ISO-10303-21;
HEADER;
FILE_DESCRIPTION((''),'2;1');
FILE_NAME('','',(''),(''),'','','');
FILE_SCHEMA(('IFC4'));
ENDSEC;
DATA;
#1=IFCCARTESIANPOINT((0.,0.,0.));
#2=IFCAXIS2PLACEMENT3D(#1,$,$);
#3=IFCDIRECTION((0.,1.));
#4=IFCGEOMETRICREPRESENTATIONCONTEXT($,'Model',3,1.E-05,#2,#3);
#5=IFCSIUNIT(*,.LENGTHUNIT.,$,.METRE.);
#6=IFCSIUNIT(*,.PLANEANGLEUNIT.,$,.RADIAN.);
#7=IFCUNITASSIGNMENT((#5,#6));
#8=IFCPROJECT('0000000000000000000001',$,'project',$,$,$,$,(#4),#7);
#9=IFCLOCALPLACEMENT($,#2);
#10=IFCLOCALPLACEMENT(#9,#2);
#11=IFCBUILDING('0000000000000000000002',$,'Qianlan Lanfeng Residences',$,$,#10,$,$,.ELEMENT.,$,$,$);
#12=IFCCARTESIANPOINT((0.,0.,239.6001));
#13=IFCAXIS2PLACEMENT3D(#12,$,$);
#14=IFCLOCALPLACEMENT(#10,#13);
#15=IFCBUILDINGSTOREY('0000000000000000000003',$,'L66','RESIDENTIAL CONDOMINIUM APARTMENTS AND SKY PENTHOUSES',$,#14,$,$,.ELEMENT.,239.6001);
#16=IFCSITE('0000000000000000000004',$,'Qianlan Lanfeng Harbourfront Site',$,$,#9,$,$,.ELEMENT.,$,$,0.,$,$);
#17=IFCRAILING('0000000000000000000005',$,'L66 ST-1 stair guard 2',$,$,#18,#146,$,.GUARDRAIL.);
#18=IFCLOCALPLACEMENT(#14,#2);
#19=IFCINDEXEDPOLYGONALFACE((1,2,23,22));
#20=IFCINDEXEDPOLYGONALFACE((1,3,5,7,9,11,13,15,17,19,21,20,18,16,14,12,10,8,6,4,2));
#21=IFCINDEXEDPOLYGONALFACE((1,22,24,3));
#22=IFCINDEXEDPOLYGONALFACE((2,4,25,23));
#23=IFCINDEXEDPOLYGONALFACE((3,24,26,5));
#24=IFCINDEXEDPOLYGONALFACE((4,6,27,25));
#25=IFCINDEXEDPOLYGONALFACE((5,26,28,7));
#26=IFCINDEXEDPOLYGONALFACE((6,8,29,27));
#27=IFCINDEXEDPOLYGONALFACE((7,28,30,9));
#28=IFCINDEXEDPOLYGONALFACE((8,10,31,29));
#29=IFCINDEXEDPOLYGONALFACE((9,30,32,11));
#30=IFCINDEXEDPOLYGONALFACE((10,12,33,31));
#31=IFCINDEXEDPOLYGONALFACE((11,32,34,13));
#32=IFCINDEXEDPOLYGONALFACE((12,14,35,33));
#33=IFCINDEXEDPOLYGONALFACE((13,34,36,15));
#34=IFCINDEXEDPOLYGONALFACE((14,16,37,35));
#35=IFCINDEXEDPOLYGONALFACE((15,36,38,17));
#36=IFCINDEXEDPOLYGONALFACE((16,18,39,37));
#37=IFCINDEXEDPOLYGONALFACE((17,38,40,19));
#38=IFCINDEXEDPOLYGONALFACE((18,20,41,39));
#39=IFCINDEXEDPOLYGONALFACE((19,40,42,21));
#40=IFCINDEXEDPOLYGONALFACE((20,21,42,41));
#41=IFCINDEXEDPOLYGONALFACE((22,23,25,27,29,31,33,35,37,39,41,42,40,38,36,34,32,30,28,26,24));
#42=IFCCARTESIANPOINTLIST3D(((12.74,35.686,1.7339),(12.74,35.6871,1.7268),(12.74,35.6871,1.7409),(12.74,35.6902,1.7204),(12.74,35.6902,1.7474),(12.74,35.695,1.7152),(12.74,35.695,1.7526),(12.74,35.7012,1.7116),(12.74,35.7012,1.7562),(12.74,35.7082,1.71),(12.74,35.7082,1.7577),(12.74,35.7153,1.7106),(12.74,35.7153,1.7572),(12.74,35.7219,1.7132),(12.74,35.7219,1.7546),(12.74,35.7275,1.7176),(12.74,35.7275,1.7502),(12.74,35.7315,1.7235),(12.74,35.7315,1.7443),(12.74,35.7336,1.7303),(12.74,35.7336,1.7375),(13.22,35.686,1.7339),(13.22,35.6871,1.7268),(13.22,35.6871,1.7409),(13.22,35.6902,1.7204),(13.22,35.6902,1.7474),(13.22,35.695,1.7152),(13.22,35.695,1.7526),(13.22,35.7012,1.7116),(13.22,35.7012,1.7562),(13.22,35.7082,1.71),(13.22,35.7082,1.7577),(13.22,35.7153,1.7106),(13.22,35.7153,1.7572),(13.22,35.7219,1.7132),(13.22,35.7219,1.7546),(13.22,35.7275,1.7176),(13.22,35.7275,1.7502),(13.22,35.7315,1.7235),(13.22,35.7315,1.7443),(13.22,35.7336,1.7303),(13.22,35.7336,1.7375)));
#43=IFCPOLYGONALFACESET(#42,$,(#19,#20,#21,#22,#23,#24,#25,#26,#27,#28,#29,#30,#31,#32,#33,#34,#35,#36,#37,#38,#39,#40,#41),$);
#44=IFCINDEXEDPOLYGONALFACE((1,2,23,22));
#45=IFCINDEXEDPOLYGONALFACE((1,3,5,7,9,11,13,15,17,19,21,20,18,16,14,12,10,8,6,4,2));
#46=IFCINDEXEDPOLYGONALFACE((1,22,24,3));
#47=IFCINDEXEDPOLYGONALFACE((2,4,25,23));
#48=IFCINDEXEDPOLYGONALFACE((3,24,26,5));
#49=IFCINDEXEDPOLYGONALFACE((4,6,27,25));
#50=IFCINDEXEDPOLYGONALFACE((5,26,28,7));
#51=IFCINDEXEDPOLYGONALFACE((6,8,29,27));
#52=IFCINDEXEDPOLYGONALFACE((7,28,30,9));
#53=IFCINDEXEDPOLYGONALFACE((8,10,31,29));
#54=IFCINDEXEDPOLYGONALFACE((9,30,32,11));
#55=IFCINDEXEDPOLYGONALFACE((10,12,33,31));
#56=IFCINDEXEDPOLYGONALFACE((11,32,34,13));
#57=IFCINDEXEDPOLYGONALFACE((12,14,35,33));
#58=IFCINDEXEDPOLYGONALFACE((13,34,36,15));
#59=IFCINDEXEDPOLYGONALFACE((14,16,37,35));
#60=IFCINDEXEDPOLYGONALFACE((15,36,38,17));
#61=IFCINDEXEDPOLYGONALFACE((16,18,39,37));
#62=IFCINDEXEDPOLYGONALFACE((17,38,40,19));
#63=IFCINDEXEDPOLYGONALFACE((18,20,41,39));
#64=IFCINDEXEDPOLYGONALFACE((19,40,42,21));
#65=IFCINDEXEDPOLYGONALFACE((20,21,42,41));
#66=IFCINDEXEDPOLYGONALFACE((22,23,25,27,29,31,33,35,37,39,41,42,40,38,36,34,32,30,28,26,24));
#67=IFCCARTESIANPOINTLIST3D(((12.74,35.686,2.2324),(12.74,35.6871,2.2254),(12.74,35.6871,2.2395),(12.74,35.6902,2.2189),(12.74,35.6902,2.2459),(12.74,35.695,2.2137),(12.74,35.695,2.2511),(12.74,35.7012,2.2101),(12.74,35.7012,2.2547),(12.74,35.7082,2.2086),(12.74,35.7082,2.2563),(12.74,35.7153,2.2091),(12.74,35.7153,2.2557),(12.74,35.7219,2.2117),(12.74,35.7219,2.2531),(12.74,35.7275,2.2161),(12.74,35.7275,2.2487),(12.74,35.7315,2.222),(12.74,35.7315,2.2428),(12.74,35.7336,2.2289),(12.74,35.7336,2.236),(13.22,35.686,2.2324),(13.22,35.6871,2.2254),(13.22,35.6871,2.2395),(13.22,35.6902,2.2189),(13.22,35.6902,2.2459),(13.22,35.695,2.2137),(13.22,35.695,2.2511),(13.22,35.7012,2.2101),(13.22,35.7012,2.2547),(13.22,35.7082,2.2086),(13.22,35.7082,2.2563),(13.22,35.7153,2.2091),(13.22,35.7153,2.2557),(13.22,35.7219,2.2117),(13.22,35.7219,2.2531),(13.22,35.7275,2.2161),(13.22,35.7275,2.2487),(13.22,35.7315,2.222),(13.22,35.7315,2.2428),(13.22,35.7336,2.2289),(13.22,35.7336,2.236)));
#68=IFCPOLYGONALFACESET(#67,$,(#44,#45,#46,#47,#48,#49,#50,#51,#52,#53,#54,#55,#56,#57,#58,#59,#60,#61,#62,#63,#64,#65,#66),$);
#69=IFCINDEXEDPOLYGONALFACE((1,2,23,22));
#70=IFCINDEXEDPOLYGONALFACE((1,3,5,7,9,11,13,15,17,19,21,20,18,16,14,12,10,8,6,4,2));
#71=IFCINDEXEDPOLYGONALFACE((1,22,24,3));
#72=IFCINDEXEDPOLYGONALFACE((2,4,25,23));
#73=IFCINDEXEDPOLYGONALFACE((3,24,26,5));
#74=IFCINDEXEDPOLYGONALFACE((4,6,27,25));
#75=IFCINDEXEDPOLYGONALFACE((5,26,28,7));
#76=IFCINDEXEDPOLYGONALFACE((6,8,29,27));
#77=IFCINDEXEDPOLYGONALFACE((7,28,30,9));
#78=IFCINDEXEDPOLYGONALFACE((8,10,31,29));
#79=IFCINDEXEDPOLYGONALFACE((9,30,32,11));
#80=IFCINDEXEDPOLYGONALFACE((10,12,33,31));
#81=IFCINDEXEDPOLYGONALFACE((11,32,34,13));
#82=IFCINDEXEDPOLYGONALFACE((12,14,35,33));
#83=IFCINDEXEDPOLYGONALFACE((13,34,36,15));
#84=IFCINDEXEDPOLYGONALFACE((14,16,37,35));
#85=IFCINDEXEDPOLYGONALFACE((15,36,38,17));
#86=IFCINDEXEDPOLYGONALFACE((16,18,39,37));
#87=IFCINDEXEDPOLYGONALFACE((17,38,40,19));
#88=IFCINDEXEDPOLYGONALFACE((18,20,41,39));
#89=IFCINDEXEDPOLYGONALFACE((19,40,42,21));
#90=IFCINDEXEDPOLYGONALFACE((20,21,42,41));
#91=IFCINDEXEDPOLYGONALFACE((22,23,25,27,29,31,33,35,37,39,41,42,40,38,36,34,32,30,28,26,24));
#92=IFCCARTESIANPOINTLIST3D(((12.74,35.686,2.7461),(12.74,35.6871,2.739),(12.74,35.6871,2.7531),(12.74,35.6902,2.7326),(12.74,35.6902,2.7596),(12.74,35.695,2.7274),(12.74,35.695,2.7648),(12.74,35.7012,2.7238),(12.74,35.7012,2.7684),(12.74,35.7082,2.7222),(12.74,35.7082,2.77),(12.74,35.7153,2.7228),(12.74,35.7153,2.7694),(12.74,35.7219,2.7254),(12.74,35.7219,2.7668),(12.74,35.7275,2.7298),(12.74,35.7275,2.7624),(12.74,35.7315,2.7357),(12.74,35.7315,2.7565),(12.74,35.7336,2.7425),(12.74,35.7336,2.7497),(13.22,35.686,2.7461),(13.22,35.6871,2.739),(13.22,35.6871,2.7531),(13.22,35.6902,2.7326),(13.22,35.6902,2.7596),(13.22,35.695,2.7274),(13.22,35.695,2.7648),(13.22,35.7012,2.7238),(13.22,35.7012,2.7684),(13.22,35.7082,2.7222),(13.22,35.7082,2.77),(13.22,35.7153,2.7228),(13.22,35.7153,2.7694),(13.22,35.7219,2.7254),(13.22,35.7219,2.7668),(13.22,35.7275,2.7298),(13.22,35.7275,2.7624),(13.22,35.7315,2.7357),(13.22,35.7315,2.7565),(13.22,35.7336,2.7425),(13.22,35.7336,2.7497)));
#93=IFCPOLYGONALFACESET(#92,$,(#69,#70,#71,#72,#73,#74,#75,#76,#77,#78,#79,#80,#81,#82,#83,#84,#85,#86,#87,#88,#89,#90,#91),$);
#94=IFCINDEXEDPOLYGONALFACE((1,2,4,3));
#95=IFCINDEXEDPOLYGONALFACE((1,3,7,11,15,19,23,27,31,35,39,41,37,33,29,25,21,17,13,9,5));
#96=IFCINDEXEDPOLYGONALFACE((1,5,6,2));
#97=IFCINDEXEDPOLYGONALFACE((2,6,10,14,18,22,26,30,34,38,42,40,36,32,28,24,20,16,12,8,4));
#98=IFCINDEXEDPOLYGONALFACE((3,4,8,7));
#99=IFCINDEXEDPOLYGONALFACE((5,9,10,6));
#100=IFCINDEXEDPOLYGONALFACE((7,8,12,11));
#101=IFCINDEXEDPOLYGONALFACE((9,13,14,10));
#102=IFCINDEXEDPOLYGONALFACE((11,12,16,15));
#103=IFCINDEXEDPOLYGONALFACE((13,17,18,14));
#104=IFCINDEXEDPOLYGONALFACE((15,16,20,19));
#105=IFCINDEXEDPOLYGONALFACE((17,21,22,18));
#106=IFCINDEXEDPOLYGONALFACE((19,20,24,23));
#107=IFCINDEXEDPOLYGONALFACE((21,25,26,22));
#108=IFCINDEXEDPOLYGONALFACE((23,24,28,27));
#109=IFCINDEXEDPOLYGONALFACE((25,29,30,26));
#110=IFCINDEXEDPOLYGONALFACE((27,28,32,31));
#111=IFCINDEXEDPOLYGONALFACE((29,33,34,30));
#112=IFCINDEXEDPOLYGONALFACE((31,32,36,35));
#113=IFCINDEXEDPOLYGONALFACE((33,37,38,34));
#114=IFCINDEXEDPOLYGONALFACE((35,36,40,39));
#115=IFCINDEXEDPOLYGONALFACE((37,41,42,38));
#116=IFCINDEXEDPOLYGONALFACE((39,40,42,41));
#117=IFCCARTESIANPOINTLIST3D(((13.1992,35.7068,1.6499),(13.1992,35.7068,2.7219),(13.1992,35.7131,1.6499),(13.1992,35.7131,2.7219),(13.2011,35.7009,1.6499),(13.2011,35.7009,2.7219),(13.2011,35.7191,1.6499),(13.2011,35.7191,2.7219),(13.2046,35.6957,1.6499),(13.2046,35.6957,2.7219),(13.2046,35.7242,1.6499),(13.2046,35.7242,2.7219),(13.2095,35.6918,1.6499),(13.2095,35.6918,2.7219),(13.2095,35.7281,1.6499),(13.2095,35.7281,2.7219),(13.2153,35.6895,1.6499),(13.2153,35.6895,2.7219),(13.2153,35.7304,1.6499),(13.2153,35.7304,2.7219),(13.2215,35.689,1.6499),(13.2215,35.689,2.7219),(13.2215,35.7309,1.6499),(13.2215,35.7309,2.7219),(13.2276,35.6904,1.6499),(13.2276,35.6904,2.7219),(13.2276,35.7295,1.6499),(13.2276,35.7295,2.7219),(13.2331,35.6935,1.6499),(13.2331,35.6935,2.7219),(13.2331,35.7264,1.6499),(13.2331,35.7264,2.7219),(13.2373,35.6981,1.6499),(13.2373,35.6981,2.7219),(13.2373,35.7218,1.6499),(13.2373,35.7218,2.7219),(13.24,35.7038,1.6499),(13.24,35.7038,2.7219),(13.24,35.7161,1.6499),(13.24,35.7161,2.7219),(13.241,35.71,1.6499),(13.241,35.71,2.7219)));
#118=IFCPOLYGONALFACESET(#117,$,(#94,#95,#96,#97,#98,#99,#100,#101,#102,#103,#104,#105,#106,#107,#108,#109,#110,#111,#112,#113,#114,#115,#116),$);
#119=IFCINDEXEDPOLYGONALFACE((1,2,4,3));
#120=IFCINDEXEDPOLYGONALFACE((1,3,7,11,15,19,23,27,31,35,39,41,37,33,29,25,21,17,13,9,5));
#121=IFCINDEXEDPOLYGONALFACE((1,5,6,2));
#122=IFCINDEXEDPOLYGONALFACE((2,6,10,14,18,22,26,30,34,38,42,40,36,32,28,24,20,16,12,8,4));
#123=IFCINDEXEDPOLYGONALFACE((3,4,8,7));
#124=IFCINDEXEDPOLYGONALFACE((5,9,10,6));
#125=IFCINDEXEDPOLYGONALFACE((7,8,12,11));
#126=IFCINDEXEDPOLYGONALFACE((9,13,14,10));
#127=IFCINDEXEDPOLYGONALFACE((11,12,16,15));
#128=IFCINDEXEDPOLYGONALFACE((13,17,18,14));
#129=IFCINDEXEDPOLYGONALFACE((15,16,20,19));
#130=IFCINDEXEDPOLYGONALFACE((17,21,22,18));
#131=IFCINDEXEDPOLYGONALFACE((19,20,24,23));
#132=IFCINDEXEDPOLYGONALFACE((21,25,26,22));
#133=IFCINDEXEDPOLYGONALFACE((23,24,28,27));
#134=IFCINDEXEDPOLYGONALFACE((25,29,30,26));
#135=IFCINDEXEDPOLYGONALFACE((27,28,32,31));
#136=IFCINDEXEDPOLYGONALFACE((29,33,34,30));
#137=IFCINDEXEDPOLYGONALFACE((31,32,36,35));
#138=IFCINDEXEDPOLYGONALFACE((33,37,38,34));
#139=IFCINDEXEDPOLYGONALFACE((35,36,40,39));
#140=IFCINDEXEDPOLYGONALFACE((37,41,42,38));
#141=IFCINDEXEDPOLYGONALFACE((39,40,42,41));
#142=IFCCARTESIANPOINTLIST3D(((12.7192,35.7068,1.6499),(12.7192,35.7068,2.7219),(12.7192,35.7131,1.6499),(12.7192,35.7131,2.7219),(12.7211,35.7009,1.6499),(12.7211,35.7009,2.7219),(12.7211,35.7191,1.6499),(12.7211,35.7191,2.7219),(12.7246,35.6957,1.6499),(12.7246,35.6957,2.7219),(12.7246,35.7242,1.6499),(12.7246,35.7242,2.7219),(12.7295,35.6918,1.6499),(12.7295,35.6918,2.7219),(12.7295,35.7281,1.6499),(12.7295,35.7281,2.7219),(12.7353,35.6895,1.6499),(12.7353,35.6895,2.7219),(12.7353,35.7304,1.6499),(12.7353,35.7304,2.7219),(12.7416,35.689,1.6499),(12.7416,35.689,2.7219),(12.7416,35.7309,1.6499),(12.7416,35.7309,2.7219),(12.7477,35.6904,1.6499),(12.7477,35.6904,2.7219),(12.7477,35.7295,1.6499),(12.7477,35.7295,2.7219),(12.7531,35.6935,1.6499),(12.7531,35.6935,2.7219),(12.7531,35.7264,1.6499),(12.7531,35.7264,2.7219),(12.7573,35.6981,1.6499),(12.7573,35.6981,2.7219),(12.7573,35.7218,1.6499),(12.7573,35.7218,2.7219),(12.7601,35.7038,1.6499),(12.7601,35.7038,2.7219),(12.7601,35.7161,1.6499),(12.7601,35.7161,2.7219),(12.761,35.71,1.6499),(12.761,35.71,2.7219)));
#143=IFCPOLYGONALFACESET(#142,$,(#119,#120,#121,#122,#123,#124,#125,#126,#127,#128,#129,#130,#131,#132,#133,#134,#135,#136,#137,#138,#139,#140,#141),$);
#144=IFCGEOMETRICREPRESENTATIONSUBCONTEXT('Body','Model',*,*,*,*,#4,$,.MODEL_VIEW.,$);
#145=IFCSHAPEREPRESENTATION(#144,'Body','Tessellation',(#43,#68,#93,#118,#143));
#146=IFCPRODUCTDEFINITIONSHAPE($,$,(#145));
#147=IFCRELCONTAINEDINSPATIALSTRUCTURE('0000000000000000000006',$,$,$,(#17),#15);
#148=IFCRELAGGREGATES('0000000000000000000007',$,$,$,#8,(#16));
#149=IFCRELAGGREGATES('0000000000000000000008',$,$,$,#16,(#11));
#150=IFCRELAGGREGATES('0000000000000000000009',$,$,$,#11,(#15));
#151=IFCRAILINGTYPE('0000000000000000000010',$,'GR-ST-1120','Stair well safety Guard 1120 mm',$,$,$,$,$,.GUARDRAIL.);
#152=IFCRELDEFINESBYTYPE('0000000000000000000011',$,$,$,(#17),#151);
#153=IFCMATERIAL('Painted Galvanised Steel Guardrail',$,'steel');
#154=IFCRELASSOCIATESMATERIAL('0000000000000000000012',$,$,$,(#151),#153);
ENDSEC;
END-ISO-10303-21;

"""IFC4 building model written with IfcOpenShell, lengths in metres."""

from ifc_helpers import new_model, si_unit, direction, frame, origin, origin_2d, place, context, subcontext, project, spatial, circle, extrude, material, type_object, element, save


model = new_model("IFC4")

# Units and contexts
model_context = context("Model", 3, precision=1e-05, world=origin(), true_north=direction((0.0, 1.0)))
body_context = subcontext(model_context, "Body", "Model", "MODEL_VIEW")
ifc_project = project(units=[si_unit("LENGTHUNIT", "METRE"), si_unit("PLANEANGLEUNIT", "RADIAN")], contexts=[model_context])

# Site, building, storey
site_placement = place(None, origin())
site = spatial("IfcSite", under=ifc_project, at=site_placement, Name="Qianlan Lanfeng Harbourfront Site", CompositionType="ELEMENT", RefElevation=0.0)
building_placement = place(site_placement, origin())
building = spatial("IfcBuilding", under=site, at=building_placement, Name="Qianlan Lanfeng Residences", CompositionType="ELEMENT")
storey_placement = place(building_placement, frame((0.0, 0.0, 239.6001)))
storey = spatial("IfcBuildingStorey", under=building, at=storey_placement, Name="L66", Description="RESIDENTIAL CONDOMINIUM APARTMENTS AND SKY PENTHOUSES", CompositionType="ELEMENT", Elevation=239.6001)

# Railing
ifc_material_1 = material(Name="Painted Galvanised Steel Guardrail", Category="steel")
railing_type = type_object("IfcRailingType", Name="GR-ST-1120", Description="Stair well safety Guard 1120 mm", PredefinedType="GUARDRAIL", material=ifc_material_1)
railing_1_placement = place(storey_placement, frame((13.22, 35.71, 1.6499)))
element("IfcRailing", 1, at=railing_1_placement, inside=storey, type_object=railing_type, Name="L66 ST-1 stair guard 2", PredefinedType="GUARDRAIL", context=body_context, shape_type="SweptSolid", body=[
    extrude(circle(Radius=0.0239, at=origin_2d()), frame((0.0, 0.0, 0.084), z_axis=(-1.0, 0.0, 0.0), x_axis=(0.0, -1.0, 0.0)), (0.0, 0.0, 1.0), 0.48),
    extrude(circle(Radius=0.0239, at=origin_2d()), frame((0.0, 0.0, 0.5825), z_axis=(-1.0, 0.0, 0.0), x_axis=(0.0, -1.0, 0.0)), (0.0, 0.0, 1.0), 0.48),
    extrude(circle(Radius=0.0239, at=origin_2d()), frame((0.0, 0.0, 1.0962), z_axis=(-1.0, 0.0, 0.0), x_axis=(0.0, -1.0, 0.0)), (0.0, 0.0, 1.0), 0.48),
    extrude(circle(Radius=0.021, at=origin_2d()), origin(), (0.0, 0.0, 1.0), 1.072),
    extrude(circle(Radius=0.021, at=origin_2d()), frame((-0.48, 0.0, 0.0)), (0.0, 0.0, 1.0), 1.072),
])

save(model, "model.ifc")
